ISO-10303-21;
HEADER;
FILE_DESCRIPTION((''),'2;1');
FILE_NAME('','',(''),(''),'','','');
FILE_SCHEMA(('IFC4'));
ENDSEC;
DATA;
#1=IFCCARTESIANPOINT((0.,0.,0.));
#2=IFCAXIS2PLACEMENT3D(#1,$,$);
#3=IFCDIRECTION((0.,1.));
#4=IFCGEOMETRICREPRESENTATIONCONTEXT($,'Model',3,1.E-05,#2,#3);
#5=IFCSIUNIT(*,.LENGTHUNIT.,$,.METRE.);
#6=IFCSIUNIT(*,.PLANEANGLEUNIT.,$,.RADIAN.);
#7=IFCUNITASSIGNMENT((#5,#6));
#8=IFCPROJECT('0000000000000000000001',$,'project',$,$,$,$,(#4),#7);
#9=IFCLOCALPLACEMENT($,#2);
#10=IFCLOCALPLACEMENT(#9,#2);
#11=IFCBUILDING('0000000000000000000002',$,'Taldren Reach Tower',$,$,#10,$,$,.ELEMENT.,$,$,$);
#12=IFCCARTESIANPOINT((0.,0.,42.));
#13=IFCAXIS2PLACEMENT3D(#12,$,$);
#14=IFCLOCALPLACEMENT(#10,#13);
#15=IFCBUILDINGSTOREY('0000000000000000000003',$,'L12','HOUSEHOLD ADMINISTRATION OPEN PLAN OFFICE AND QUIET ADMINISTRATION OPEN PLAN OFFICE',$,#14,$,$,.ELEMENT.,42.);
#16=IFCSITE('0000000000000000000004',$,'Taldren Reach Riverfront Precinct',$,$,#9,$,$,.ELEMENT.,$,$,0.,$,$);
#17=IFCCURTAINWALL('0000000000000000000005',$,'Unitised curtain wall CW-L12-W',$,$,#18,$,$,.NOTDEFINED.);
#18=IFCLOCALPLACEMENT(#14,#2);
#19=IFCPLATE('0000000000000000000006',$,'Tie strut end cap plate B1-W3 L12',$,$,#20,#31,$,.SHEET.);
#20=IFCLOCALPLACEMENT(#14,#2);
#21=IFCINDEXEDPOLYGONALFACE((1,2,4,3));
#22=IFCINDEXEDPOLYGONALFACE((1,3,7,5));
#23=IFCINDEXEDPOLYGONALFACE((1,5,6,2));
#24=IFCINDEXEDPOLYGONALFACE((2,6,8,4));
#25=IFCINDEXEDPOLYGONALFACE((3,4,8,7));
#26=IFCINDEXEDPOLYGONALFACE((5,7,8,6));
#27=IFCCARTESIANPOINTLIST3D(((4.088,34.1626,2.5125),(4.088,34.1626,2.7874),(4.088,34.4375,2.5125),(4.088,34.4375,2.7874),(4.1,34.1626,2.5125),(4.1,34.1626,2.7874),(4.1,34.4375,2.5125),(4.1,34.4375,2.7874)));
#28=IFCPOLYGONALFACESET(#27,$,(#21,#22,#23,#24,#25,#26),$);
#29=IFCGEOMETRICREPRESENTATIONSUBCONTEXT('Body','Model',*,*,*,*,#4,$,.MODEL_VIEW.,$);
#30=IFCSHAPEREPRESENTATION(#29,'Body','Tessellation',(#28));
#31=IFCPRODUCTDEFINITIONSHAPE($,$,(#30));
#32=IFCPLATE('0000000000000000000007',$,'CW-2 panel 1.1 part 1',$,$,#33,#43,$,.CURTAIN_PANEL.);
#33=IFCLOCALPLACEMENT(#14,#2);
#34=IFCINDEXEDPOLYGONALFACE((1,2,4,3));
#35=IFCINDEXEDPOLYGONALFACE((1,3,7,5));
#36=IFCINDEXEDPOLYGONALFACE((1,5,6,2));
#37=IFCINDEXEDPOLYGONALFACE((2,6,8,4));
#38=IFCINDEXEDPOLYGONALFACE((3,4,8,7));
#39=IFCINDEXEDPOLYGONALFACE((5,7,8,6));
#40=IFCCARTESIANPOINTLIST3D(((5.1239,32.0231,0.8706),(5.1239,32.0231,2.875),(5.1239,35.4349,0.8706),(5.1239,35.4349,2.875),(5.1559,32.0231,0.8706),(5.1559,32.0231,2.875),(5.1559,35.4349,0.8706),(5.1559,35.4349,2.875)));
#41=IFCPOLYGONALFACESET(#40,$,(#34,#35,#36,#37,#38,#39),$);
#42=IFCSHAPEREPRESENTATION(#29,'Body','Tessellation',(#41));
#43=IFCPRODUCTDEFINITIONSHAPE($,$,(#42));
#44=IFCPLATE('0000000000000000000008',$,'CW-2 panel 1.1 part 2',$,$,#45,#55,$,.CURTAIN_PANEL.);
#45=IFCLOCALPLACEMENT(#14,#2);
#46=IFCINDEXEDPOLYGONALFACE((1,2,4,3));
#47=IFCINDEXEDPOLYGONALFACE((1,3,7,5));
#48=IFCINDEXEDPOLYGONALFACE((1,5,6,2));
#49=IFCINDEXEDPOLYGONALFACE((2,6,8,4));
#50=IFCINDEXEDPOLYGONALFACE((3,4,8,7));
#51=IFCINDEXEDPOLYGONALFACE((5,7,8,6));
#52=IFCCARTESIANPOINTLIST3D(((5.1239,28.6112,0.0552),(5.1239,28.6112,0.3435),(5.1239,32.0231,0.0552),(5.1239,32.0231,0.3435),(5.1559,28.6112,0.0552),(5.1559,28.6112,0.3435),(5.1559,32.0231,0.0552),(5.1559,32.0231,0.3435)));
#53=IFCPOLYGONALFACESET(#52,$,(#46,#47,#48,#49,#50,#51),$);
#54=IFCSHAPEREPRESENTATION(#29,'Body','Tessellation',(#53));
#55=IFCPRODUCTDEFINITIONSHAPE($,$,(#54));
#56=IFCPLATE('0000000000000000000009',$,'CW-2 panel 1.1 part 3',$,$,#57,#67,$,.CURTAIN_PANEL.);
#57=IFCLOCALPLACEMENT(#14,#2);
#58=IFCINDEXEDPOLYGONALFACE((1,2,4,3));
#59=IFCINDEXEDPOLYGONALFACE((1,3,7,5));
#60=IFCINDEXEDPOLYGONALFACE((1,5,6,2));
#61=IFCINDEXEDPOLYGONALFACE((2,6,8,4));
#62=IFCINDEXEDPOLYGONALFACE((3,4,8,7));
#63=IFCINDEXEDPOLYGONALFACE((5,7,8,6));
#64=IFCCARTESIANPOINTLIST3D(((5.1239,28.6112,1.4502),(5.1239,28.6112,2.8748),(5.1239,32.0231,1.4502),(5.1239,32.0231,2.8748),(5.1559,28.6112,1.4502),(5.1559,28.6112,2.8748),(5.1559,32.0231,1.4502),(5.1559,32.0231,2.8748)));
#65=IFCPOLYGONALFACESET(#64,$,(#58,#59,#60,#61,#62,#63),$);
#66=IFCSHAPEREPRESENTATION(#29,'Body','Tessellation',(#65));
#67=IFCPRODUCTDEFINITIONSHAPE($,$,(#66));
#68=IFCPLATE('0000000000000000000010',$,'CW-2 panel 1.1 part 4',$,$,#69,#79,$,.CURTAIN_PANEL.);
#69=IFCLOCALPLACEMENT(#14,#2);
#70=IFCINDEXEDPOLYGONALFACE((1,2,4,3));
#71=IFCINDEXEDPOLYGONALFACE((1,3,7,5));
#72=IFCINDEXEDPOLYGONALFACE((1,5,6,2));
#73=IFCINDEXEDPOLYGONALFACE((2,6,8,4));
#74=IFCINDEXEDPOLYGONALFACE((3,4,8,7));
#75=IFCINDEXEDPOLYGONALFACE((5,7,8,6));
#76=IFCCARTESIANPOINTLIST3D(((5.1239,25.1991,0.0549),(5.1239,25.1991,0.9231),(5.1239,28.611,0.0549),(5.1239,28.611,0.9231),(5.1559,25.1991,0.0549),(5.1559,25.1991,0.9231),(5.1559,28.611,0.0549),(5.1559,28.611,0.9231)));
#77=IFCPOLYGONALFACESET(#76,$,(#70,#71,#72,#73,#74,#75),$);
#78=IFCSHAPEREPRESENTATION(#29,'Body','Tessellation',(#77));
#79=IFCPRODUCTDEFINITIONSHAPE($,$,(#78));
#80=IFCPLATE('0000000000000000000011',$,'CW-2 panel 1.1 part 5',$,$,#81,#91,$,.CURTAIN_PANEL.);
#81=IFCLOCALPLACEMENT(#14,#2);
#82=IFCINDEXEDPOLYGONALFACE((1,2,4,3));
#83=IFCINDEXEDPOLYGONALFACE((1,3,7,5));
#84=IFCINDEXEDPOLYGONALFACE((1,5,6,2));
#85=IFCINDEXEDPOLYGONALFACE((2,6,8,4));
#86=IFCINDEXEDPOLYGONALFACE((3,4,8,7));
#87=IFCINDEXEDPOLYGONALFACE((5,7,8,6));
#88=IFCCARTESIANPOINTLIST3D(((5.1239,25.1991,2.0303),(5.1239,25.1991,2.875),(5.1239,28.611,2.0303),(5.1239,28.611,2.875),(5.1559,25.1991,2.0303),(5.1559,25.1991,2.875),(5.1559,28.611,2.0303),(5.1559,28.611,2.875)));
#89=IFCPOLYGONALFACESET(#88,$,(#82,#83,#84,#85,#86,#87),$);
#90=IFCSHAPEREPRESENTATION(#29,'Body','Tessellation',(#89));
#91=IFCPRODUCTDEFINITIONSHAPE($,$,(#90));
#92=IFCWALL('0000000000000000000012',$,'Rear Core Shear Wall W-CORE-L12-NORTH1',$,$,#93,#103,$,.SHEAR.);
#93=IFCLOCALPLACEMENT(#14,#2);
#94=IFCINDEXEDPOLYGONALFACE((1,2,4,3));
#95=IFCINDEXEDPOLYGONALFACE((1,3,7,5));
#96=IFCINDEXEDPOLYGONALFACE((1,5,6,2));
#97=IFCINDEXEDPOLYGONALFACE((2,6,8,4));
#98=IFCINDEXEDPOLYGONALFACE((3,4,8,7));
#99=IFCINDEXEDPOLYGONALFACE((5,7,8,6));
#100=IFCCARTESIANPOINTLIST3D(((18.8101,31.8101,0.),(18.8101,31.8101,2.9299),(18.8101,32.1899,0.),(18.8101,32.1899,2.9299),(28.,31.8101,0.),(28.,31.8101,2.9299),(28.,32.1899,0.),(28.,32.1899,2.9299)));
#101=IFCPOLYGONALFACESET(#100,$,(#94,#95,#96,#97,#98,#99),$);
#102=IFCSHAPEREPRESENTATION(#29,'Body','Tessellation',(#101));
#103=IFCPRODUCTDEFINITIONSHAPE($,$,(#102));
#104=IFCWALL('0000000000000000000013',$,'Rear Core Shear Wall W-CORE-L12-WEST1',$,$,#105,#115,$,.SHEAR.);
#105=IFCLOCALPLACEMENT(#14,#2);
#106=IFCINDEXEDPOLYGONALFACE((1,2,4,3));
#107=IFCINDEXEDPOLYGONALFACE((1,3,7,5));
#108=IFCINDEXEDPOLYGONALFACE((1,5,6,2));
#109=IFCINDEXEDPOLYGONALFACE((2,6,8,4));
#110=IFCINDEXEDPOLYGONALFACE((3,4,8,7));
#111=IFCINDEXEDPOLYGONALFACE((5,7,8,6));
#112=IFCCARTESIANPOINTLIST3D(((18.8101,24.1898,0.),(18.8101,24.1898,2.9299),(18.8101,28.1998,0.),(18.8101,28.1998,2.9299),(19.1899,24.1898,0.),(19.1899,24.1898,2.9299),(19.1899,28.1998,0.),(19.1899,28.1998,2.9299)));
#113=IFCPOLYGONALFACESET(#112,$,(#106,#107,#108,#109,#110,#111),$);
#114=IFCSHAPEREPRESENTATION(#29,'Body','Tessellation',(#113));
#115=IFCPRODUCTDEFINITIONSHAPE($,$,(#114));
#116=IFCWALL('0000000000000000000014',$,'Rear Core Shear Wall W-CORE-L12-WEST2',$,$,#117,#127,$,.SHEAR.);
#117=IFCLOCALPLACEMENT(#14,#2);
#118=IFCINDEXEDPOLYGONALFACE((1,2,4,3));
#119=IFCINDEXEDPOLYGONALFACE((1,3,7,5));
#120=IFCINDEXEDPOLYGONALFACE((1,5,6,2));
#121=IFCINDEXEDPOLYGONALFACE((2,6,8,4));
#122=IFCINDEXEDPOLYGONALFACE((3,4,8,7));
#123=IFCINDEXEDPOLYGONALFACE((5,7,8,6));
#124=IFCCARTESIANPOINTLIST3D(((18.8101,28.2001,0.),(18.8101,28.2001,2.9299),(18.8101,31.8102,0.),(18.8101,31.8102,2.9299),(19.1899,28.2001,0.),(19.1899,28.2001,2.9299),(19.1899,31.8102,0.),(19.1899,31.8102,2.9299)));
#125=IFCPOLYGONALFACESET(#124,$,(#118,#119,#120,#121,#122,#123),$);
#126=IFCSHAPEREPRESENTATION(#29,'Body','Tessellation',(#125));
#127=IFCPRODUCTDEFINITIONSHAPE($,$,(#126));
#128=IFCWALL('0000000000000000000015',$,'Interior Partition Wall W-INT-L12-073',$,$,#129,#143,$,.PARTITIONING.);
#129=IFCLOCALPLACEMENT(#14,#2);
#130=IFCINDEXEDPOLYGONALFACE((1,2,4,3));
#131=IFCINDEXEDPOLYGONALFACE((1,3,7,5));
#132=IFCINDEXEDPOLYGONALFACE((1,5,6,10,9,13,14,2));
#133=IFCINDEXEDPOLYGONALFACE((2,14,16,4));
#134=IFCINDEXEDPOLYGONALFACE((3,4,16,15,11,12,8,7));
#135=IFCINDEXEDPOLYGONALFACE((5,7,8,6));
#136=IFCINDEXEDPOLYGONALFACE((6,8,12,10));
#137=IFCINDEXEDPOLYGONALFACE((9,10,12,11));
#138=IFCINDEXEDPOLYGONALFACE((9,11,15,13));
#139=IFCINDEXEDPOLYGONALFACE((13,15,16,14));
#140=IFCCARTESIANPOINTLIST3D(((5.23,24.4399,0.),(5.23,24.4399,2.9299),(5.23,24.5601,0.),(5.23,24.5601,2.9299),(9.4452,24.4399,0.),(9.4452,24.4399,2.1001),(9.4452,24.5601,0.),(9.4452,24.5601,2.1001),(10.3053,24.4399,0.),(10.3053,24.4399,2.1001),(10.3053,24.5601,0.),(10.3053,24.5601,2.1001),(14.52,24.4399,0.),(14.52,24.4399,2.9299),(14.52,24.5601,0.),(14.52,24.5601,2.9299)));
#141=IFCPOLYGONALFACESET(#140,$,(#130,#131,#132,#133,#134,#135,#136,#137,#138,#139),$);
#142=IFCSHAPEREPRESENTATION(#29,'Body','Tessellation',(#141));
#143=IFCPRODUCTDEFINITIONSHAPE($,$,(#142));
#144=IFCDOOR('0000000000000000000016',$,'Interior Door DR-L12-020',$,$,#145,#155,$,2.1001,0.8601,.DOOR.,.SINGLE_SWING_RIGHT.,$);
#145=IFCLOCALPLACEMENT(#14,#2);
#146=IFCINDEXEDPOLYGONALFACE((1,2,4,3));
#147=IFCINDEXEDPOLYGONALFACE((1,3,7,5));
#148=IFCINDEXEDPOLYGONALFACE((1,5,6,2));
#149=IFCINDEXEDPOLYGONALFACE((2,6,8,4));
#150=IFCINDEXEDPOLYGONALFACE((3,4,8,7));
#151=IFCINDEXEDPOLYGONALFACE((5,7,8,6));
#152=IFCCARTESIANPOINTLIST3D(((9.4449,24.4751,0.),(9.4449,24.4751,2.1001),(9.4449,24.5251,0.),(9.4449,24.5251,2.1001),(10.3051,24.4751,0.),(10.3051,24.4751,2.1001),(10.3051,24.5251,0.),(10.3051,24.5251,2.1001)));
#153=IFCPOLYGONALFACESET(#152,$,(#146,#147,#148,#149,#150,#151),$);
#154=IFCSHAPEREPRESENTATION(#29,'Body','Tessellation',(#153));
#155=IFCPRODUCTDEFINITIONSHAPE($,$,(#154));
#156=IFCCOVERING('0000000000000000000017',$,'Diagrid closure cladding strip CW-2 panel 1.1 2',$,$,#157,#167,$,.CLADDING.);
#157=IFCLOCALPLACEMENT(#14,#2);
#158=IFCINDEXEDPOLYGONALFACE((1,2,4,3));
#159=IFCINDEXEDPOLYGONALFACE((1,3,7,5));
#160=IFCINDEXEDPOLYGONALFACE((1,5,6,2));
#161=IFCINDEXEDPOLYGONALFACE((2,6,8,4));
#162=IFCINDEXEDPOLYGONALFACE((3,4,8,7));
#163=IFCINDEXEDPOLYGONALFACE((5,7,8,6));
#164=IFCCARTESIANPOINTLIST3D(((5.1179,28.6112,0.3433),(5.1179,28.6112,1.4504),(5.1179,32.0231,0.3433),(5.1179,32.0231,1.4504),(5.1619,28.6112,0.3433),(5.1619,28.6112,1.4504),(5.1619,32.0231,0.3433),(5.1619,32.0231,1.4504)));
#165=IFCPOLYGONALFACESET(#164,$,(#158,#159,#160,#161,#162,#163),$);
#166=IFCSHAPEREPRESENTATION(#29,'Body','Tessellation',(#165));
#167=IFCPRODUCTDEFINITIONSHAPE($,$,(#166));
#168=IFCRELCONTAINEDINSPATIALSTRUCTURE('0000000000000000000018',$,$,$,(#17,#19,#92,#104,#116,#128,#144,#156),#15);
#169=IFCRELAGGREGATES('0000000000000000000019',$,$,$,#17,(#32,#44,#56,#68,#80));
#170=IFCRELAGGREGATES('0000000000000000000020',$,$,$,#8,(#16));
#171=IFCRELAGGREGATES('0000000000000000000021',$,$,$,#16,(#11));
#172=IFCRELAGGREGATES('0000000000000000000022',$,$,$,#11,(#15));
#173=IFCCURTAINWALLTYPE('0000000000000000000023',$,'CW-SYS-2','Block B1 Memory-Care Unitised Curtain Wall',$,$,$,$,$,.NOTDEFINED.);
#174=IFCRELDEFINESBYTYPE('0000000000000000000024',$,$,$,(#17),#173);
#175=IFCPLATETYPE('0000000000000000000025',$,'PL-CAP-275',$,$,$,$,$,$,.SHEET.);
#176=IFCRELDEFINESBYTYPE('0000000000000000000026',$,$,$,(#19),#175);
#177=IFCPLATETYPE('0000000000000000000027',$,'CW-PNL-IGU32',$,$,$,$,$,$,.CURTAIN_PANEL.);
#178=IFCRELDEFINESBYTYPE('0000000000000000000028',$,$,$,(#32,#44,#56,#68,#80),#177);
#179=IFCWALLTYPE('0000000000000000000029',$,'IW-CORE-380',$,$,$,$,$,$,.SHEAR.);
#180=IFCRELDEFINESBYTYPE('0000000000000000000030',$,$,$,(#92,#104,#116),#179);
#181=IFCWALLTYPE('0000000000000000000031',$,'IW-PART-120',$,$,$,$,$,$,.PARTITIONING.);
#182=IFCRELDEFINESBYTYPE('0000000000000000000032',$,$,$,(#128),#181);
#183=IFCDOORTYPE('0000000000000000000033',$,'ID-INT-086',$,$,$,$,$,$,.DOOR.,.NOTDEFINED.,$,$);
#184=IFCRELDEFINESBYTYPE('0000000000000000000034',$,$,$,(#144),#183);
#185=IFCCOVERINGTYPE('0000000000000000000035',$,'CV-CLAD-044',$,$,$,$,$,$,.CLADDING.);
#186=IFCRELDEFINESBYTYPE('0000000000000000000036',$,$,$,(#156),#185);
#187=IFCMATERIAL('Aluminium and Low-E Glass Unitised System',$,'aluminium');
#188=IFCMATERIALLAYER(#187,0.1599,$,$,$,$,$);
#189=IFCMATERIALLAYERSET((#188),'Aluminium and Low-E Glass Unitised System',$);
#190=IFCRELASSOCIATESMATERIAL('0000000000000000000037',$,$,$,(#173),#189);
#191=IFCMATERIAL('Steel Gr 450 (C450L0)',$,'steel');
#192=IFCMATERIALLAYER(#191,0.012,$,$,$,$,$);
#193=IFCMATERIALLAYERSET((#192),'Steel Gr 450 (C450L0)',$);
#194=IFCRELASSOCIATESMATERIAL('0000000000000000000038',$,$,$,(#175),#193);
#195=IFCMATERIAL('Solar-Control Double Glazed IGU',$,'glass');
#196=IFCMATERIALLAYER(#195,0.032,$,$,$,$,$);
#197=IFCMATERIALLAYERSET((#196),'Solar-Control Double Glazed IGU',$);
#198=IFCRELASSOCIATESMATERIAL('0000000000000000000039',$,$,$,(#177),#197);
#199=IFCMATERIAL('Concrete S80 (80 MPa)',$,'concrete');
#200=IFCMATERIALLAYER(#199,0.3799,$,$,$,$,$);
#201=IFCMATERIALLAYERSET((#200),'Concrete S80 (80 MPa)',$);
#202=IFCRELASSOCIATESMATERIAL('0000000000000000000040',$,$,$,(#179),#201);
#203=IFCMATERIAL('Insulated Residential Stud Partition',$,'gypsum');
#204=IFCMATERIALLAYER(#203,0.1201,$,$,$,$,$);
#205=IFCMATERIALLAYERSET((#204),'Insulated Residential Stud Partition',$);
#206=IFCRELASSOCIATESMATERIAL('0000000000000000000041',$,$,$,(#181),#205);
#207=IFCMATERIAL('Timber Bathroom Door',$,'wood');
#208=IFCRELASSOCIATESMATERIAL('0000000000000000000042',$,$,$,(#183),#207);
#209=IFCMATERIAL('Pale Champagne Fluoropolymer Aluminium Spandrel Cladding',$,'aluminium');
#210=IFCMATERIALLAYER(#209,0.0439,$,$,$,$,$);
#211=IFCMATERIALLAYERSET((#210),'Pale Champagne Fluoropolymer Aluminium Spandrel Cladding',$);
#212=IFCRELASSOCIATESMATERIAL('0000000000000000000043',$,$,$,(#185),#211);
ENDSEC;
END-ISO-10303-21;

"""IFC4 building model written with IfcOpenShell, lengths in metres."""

from ifc_helpers import new_model, si_unit, direction, frame, frame_2d, origin, origin_2d, place, context, subcontext, project, spatial, rectangle, extrude, source, transform, mapped, material, layer, layer_set, type_object, element, fill, aggregate, save


model = new_model("IFC4")

# Units and contexts
model_context = context("Model", 3, precision=1e-05, world=origin(), true_north=direction((0.0, 1.0)))
body_context = subcontext(model_context, "Body", "Model", "MODEL_VIEW")
ifc_project = project(units=[si_unit("LENGTHUNIT", "METRE"), si_unit("PLANEANGLEUNIT", "RADIAN")], contexts=[model_context])

# Site, building, storey
site_placement = place(None, origin())
site = spatial("IfcSite", under=ifc_project, at=site_placement, Name="Taldren Reach Riverfront Precinct", CompositionType="ELEMENT", RefElevation=0.0)
building_placement = place(site_placement, origin())
building = spatial("IfcBuilding", under=site, at=building_placement, Name="Taldren Reach Tower", CompositionType="ELEMENT")
storey_placement = place(building_placement, frame((0.0, 0.0, 42.0)))
storey = spatial("IfcBuildingStorey", under=building, at=storey_placement, Name="L12", Description="HOUSEHOLD ADMINISTRATION OPEN PLAN OFFICE AND QUIET ADMINISTRATION OPEN PLAN OFFICE", CompositionType="ELEMENT", Elevation=42.0)

# Shared definitions
ifc_material_1 = material(Name="Steel Gr 450 (C450L0)", Category="steel")

# Curtain wall
ifc_material_2 = material(Name="Aluminium and Low-E Glass Unitised System", Category="aluminium")
ifc_layer_1 = layer(ifc_material_2, 0.1599)
ifc_layer_set_1 = layer_set([ifc_layer_1], Name="Aluminium and Low-E Glass Unitised System")
curtain_wall_type = type_object("IfcCurtainWallType", Name="CW-SYS-2", Description="Block B1 Memory-Care Unitised Curtain Wall", PredefinedType="NOTDEFINED", material=ifc_layer_set_1)
curtain_wall_placement = place(storey_placement, origin())
curtain_wall = element("IfcCurtainWall", 1, at=curtain_wall_placement, inside=storey, type_object=curtain_wall_type, Name="Unitised curtain wall CW-L12-W", PredefinedType="NOTDEFINED")

# Plates
ifc_layer_2 = layer(ifc_material_1, 0.012)
ifc_layer_set_2 = layer_set([ifc_layer_2], Name="Steel Gr 450 (C450L0)")
plate_type_1 = type_object("IfcPlateType", Name="PL-CAP-275", PredefinedType="SHEET", material=ifc_layer_set_2)
shared_shape_1 = source(origin(), body_context, "Body", "SweptSolid", [
    extrude(rectangle(XDim=0.012, YDim=0.2749, at=origin_2d()), origin(), (0.0, 0.0, 1.0), 0.2749),
])
plate_1_placement = place(storey_placement, frame((4.094, 34.3, 2.5125), z_axis=(0.0, 0.0, 1.0), x_axis=(1.0, 0.0, 0.0)))
element("IfcPlate", 2, at=plate_1_placement, inside=storey, type_object=plate_type_1, Name="Tie strut end cap plate B1-W3 L12", PredefinedType="SHEET", context=body_context, shape_type="MappedRepresentation", body=[
    mapped(shared_shape_1, transform((0.0, 0.0, 0.0), scale=1.0)),
])
ifc_material_3 = material(Name="Solar-Control Double Glazed IGU", Category="glass")
ifc_layer_3 = layer(ifc_material_3, 0.032)
ifc_layer_set_3 = layer_set([ifc_layer_3], Name="Solar-Control Double Glazed IGU")
plate_type_2 = type_object("IfcPlateType", Name="CW-PNL-IGU32", PredefinedType="CURTAIN_PANEL", material=ifc_layer_set_3)
shared_shape_2 = source(origin(), body_context, "Body", "SweptSolid", [
    extrude(rectangle(XDim=3.4119, YDim=0.032, at=origin_2d()), origin(), (0.0, 0.0, 1.0), 2.0044),
])
plate_2_placement = place(storey_placement, frame((5.1399, 33.729, 0.8706), z_axis=(0.0, 0.0, 1.0), x_axis=(0.0, -1.0, 0.0)))
plate_2 = element("IfcPlate", 3, at=plate_2_placement, type_object=plate_type_2, Name="CW-2 panel 1.1 part 1", PredefinedType="CURTAIN_PANEL", context=body_context, shape_type="MappedRepresentation", body=[
    mapped(shared_shape_2, transform((0.0, 0.0, 0.0), scale=1.0)),
])
shared_shape_3 = source(origin(), body_context, "Body", "SweptSolid", [
    extrude(rectangle(XDim=3.4119, YDim=0.032, at=origin_2d()), origin(), (0.0, 0.0, 1.0), 0.2883),
])
plate_3_placement = place(storey_placement, frame((5.1399, 30.3171, 0.0552), z_axis=(0.0, 0.0, 1.0), x_axis=(0.0, -1.0, 0.0)))
plate_3 = element("IfcPlate", 4, at=plate_3_placement, type_object=plate_type_2, Name="CW-2 panel 1.1 part 2", PredefinedType="CURTAIN_PANEL", context=body_context, shape_type="MappedRepresentation", body=[
    mapped(shared_shape_3, transform((0.0, 0.0, 0.0), scale=1.0)),
])
shared_shape_4 = source(origin(), body_context, "Body", "SweptSolid", [
    extrude(rectangle(XDim=3.4119, YDim=0.032, at=origin_2d()), origin(), (0.0, 0.0, 1.0), 1.4246),
])
plate_4_placement = place(storey_placement, frame((5.1399, 30.3171, 1.4502), z_axis=(0.0, 0.0, 1.0), x_axis=(0.0, -1.0, 0.0)))
plate_4 = element("IfcPlate", 5, at=plate_4_placement, type_object=plate_type_2, Name="CW-2 panel 1.1 part 3", PredefinedType="CURTAIN_PANEL", context=body_context, shape_type="MappedRepresentation", body=[
    mapped(shared_shape_4, transform((0.0, 0.0, 0.0), scale=1.0)),
])
shared_shape_5 = source(origin(), body_context, "Body", "SweptSolid", [
    extrude(rectangle(XDim=3.4119, YDim=0.032, at=origin_2d()), origin(), (0.0, 0.0, 1.0), 0.8682),
])
plate_5_placement = place(storey_placement, frame((5.1399, 26.905, 0.0549), z_axis=(0.0, 0.0, 1.0), x_axis=(0.0, -1.0, 0.0)))
plate_5 = element("IfcPlate", 6, at=plate_5_placement, type_object=plate_type_2, Name="CW-2 panel 1.1 part 4", PredefinedType="CURTAIN_PANEL", context=body_context, shape_type="MappedRepresentation", body=[
    mapped(shared_shape_5, transform((0.0, 0.0, 0.0), scale=1.0)),
])
shared_shape_6 = source(origin(), body_context, "Body", "SweptSolid", [
    extrude(rectangle(XDim=3.4119, YDim=0.032, at=origin_2d()), origin(), (0.0, 0.0, 1.0), 0.8447),
])
plate_6_placement = place(storey_placement, frame((5.1399, 26.905, 2.0303), z_axis=(0.0, 0.0, 1.0), x_axis=(0.0, -1.0, 0.0)))
plate_6 = element("IfcPlate", 7, at=plate_6_placement, type_object=plate_type_2, Name="CW-2 panel 1.1 part 5", PredefinedType="CURTAIN_PANEL", context=body_context, shape_type="MappedRepresentation", body=[
    mapped(shared_shape_6, transform((0.0, 0.0, 0.0), scale=1.0)),
])
aggregate(curtain_wall, [plate_2, plate_3, plate_4, plate_5, plate_6])

# Walls
ifc_material_4 = material(Name="Concrete S80 (80 MPa)", Category="concrete")
ifc_layer_4 = layer(ifc_material_4, 0.3799)
ifc_layer_set_4 = layer_set([ifc_layer_4], Name="Concrete S80 (80 MPa)")
wall_type_1 = type_object("IfcWallType", Name="IW-CORE-380", PredefinedType="SHEAR", material=ifc_layer_set_4)
shared_shape_7 = source(origin(), body_context, "Body", "SweptSolid", [
    extrude(rectangle(XDim=9.1899, YDim=0.3799, at=frame_2d((4.595, 0.0))), origin(), (0.0, 0.0, 1.0), 2.9299),
])
wall_1_placement = place(storey_placement, frame((18.8101, 32.0, 0.0), z_axis=(0.0, 0.0, 1.0), x_axis=(1.0, 0.0, 0.0)))
element("IfcWall", 8, at=wall_1_placement, inside=storey, type_object=wall_type_1, Name="Rear Core Shear Wall W-CORE-L12-NORTH1", PredefinedType="SHEAR", context=body_context, shape_type="MappedRepresentation", body=[
    mapped(shared_shape_7, transform((0.0, 0.0, 0.0), scale=1.0)),
])
shared_shape_8 = source(origin(), body_context, "Body", "SweptSolid", [
    extrude(rectangle(XDim=4.01, YDim=0.3799, at=frame_2d((2.0049, 0.0))), origin(), (0.0, 0.0, 1.0), 2.9299),
])
wall_2_placement = place(storey_placement, frame((19.0, 24.1899, 0.0), z_axis=(0.0, 0.0, 1.0), x_axis=(0.0, 1.0, 0.0)))
element("IfcWall", 9, at=wall_2_placement, inside=storey, type_object=wall_type_1, Name="Rear Core Shear Wall W-CORE-L12-WEST1", PredefinedType="SHEAR", context=body_context, shape_type="MappedRepresentation", body=[
    mapped(shared_shape_8, transform((0.0, 0.0, 0.0), scale=1.0)),
])
shared_shape_9 = source(origin(), body_context, "Body", "SweptSolid", [
    extrude(rectangle(XDim=3.6101, YDim=0.3799, at=frame_2d((1.8052, 0.0))), origin(), (0.0, 0.0, 1.0), 2.9299),
])
wall_3_placement = place(storey_placement, frame((19.0, 28.2, 0.0), z_axis=(0.0, 0.0, 1.0), x_axis=(0.0, 1.0, 0.0)))
element("IfcWall", 10, at=wall_3_placement, inside=storey, type_object=wall_type_1, Name="Rear Core Shear Wall W-CORE-L12-WEST2", PredefinedType="SHEAR", context=body_context, shape_type="MappedRepresentation", body=[
    mapped(shared_shape_9, transform((0.0, 0.0, 0.0), scale=1.0)),
])

# Wall, opening, door
ifc_material_5 = material(Name="Insulated Residential Stud Partition", Category="gypsum")
ifc_layer_5 = layer(ifc_material_5, 0.1201)
ifc_layer_set_5 = layer_set([ifc_layer_5], Name="Insulated Residential Stud Partition")
wall_type_2 = type_object("IfcWallType", Name="IW-PART-120", PredefinedType="PARTITIONING", material=ifc_layer_set_5)
shared_shape_10 = source(origin(), body_context, "Body", "SweptSolid", [
    extrude(rectangle(XDim=9.29, YDim=0.1201, at=frame_2d((4.645, 0.0))), origin(), (0.0, 0.0, 1.0), 2.9299),
])
wall_4_placement = place(storey_placement, frame((5.23, 24.5, 0.0), z_axis=(0.0, 0.0, 1.0), x_axis=(1.0, 0.0, 0.0)))
wall_4 = element("IfcWall", 11, at=wall_4_placement, inside=storey, type_object=wall_type_2, Name="Interior Partition Wall W-INT-L12-073", PredefinedType="PARTITIONING", context=body_context, shape_type="MappedRepresentation", body=[
    mapped(shared_shape_10, transform((0.0, 0.0, 0.0), scale=1.0)),
])
shared_shape_11 = source(origin(), body_context, "Body", "SweptSolid", [
    extrude(rectangle(XDim=0.8601, YDim=2.1001, at=frame_2d((0.4302, 1.05))), frame((0.0, 0.0701, 0.0), z_axis=(0.0, -1.0, 0.0), x_axis=(1.0, 0.0, 0.0)), (0.0, 0.0, 1.0), 0.1401),
])
opening_placement = place(wall_4_placement, frame((4.2151, 0.0, 0.0)))
opening = element("IfcOpeningElement", 12, at=opening_placement, cuts=wall_4, PredefinedType="OPENING", context=body_context, shape_type="MappedRepresentation", body=[
    mapped(shared_shape_11, transform((0.0, 0.0, 0.0), scale=1.0)),
])
ifc_material_6 = material(Name="Timber Bathroom Door", Category="wood")
door_type = type_object("IfcDoorType", Name="ID-INT-086", OperationType="NOTDEFINED", PredefinedType="DOOR", material=ifc_material_6)
shared_shape_12 = source(origin(), body_context, "Body", "SweptSolid", [
    extrude(rectangle(XDim=0.8601, YDim=2.1001, at=frame_2d((0.4302, 1.05))), frame((0.0, 0.0249, 0.0), z_axis=(0.0, -1.0, 0.0), x_axis=(1.0, 0.0, 0.0)), (0.0, 0.0, 1.0), 0.05),
])
door_placement = place(opening_placement, frame((0.8601, 0.0, 0.0), z_axis=(0.0, 0.0, 1.0), x_axis=(-1.0, 0.0, 0.0)))
door = element("IfcDoor", 13, at=door_placement, inside=storey, type_object=door_type, Name="Interior Door DR-L12-020", OperationType="SINGLE_SWING_RIGHT", OverallHeight=2.1001, OverallWidth=0.8601, PredefinedType="DOOR", context=body_context, shape_type="MappedRepresentation", body=[
    mapped(shared_shape_12, transform((0.0, 0.0, 0.0), scale=1.0)),
])
fill(opening, door)

# Covering
ifc_material_7 = material(Name="Pale Champagne Fluoropolymer Aluminium Spandrel Cladding", Category="aluminium")
ifc_layer_6 = layer(ifc_material_7, 0.0439)
ifc_layer_set_6 = layer_set([ifc_layer_6], Name="Pale Champagne Fluoropolymer Aluminium Spandrel Cladding")
covering_type = type_object("IfcCoveringType", Name="CV-CLAD-044", PredefinedType="CLADDING", material=ifc_layer_set_6)
shared_shape_13 = source(origin(), body_context, "Body", "SweptSolid", [
    extrude(rectangle(XDim=3.4119, YDim=0.0439, at=origin_2d()), origin(), (0.0, 0.0, 1.0), 1.1072),
])
for number, where, z_axis, x_axis, name in (
    (14, (5.1399, 30.3171, 0.3433), (0.0, 0.0, 1.0), (0.0, -1.0, 0.0), "Diagrid closure cladding strip CW-2 panel 1.1 2"),
):
    element("IfcCovering", number, at=place(storey_placement, frame(where, z_axis=z_axis, x_axis=x_axis)), inside=storey, type_object=covering_type, Name=name, PredefinedType="CLADDING", context=body_context, shape_type="MappedRepresentation", body=[
        mapped(shared_shape_13, transform((0.0, 0.0, 0.0), scale=1.0)),
    ])

save(model, "model.ifc")
